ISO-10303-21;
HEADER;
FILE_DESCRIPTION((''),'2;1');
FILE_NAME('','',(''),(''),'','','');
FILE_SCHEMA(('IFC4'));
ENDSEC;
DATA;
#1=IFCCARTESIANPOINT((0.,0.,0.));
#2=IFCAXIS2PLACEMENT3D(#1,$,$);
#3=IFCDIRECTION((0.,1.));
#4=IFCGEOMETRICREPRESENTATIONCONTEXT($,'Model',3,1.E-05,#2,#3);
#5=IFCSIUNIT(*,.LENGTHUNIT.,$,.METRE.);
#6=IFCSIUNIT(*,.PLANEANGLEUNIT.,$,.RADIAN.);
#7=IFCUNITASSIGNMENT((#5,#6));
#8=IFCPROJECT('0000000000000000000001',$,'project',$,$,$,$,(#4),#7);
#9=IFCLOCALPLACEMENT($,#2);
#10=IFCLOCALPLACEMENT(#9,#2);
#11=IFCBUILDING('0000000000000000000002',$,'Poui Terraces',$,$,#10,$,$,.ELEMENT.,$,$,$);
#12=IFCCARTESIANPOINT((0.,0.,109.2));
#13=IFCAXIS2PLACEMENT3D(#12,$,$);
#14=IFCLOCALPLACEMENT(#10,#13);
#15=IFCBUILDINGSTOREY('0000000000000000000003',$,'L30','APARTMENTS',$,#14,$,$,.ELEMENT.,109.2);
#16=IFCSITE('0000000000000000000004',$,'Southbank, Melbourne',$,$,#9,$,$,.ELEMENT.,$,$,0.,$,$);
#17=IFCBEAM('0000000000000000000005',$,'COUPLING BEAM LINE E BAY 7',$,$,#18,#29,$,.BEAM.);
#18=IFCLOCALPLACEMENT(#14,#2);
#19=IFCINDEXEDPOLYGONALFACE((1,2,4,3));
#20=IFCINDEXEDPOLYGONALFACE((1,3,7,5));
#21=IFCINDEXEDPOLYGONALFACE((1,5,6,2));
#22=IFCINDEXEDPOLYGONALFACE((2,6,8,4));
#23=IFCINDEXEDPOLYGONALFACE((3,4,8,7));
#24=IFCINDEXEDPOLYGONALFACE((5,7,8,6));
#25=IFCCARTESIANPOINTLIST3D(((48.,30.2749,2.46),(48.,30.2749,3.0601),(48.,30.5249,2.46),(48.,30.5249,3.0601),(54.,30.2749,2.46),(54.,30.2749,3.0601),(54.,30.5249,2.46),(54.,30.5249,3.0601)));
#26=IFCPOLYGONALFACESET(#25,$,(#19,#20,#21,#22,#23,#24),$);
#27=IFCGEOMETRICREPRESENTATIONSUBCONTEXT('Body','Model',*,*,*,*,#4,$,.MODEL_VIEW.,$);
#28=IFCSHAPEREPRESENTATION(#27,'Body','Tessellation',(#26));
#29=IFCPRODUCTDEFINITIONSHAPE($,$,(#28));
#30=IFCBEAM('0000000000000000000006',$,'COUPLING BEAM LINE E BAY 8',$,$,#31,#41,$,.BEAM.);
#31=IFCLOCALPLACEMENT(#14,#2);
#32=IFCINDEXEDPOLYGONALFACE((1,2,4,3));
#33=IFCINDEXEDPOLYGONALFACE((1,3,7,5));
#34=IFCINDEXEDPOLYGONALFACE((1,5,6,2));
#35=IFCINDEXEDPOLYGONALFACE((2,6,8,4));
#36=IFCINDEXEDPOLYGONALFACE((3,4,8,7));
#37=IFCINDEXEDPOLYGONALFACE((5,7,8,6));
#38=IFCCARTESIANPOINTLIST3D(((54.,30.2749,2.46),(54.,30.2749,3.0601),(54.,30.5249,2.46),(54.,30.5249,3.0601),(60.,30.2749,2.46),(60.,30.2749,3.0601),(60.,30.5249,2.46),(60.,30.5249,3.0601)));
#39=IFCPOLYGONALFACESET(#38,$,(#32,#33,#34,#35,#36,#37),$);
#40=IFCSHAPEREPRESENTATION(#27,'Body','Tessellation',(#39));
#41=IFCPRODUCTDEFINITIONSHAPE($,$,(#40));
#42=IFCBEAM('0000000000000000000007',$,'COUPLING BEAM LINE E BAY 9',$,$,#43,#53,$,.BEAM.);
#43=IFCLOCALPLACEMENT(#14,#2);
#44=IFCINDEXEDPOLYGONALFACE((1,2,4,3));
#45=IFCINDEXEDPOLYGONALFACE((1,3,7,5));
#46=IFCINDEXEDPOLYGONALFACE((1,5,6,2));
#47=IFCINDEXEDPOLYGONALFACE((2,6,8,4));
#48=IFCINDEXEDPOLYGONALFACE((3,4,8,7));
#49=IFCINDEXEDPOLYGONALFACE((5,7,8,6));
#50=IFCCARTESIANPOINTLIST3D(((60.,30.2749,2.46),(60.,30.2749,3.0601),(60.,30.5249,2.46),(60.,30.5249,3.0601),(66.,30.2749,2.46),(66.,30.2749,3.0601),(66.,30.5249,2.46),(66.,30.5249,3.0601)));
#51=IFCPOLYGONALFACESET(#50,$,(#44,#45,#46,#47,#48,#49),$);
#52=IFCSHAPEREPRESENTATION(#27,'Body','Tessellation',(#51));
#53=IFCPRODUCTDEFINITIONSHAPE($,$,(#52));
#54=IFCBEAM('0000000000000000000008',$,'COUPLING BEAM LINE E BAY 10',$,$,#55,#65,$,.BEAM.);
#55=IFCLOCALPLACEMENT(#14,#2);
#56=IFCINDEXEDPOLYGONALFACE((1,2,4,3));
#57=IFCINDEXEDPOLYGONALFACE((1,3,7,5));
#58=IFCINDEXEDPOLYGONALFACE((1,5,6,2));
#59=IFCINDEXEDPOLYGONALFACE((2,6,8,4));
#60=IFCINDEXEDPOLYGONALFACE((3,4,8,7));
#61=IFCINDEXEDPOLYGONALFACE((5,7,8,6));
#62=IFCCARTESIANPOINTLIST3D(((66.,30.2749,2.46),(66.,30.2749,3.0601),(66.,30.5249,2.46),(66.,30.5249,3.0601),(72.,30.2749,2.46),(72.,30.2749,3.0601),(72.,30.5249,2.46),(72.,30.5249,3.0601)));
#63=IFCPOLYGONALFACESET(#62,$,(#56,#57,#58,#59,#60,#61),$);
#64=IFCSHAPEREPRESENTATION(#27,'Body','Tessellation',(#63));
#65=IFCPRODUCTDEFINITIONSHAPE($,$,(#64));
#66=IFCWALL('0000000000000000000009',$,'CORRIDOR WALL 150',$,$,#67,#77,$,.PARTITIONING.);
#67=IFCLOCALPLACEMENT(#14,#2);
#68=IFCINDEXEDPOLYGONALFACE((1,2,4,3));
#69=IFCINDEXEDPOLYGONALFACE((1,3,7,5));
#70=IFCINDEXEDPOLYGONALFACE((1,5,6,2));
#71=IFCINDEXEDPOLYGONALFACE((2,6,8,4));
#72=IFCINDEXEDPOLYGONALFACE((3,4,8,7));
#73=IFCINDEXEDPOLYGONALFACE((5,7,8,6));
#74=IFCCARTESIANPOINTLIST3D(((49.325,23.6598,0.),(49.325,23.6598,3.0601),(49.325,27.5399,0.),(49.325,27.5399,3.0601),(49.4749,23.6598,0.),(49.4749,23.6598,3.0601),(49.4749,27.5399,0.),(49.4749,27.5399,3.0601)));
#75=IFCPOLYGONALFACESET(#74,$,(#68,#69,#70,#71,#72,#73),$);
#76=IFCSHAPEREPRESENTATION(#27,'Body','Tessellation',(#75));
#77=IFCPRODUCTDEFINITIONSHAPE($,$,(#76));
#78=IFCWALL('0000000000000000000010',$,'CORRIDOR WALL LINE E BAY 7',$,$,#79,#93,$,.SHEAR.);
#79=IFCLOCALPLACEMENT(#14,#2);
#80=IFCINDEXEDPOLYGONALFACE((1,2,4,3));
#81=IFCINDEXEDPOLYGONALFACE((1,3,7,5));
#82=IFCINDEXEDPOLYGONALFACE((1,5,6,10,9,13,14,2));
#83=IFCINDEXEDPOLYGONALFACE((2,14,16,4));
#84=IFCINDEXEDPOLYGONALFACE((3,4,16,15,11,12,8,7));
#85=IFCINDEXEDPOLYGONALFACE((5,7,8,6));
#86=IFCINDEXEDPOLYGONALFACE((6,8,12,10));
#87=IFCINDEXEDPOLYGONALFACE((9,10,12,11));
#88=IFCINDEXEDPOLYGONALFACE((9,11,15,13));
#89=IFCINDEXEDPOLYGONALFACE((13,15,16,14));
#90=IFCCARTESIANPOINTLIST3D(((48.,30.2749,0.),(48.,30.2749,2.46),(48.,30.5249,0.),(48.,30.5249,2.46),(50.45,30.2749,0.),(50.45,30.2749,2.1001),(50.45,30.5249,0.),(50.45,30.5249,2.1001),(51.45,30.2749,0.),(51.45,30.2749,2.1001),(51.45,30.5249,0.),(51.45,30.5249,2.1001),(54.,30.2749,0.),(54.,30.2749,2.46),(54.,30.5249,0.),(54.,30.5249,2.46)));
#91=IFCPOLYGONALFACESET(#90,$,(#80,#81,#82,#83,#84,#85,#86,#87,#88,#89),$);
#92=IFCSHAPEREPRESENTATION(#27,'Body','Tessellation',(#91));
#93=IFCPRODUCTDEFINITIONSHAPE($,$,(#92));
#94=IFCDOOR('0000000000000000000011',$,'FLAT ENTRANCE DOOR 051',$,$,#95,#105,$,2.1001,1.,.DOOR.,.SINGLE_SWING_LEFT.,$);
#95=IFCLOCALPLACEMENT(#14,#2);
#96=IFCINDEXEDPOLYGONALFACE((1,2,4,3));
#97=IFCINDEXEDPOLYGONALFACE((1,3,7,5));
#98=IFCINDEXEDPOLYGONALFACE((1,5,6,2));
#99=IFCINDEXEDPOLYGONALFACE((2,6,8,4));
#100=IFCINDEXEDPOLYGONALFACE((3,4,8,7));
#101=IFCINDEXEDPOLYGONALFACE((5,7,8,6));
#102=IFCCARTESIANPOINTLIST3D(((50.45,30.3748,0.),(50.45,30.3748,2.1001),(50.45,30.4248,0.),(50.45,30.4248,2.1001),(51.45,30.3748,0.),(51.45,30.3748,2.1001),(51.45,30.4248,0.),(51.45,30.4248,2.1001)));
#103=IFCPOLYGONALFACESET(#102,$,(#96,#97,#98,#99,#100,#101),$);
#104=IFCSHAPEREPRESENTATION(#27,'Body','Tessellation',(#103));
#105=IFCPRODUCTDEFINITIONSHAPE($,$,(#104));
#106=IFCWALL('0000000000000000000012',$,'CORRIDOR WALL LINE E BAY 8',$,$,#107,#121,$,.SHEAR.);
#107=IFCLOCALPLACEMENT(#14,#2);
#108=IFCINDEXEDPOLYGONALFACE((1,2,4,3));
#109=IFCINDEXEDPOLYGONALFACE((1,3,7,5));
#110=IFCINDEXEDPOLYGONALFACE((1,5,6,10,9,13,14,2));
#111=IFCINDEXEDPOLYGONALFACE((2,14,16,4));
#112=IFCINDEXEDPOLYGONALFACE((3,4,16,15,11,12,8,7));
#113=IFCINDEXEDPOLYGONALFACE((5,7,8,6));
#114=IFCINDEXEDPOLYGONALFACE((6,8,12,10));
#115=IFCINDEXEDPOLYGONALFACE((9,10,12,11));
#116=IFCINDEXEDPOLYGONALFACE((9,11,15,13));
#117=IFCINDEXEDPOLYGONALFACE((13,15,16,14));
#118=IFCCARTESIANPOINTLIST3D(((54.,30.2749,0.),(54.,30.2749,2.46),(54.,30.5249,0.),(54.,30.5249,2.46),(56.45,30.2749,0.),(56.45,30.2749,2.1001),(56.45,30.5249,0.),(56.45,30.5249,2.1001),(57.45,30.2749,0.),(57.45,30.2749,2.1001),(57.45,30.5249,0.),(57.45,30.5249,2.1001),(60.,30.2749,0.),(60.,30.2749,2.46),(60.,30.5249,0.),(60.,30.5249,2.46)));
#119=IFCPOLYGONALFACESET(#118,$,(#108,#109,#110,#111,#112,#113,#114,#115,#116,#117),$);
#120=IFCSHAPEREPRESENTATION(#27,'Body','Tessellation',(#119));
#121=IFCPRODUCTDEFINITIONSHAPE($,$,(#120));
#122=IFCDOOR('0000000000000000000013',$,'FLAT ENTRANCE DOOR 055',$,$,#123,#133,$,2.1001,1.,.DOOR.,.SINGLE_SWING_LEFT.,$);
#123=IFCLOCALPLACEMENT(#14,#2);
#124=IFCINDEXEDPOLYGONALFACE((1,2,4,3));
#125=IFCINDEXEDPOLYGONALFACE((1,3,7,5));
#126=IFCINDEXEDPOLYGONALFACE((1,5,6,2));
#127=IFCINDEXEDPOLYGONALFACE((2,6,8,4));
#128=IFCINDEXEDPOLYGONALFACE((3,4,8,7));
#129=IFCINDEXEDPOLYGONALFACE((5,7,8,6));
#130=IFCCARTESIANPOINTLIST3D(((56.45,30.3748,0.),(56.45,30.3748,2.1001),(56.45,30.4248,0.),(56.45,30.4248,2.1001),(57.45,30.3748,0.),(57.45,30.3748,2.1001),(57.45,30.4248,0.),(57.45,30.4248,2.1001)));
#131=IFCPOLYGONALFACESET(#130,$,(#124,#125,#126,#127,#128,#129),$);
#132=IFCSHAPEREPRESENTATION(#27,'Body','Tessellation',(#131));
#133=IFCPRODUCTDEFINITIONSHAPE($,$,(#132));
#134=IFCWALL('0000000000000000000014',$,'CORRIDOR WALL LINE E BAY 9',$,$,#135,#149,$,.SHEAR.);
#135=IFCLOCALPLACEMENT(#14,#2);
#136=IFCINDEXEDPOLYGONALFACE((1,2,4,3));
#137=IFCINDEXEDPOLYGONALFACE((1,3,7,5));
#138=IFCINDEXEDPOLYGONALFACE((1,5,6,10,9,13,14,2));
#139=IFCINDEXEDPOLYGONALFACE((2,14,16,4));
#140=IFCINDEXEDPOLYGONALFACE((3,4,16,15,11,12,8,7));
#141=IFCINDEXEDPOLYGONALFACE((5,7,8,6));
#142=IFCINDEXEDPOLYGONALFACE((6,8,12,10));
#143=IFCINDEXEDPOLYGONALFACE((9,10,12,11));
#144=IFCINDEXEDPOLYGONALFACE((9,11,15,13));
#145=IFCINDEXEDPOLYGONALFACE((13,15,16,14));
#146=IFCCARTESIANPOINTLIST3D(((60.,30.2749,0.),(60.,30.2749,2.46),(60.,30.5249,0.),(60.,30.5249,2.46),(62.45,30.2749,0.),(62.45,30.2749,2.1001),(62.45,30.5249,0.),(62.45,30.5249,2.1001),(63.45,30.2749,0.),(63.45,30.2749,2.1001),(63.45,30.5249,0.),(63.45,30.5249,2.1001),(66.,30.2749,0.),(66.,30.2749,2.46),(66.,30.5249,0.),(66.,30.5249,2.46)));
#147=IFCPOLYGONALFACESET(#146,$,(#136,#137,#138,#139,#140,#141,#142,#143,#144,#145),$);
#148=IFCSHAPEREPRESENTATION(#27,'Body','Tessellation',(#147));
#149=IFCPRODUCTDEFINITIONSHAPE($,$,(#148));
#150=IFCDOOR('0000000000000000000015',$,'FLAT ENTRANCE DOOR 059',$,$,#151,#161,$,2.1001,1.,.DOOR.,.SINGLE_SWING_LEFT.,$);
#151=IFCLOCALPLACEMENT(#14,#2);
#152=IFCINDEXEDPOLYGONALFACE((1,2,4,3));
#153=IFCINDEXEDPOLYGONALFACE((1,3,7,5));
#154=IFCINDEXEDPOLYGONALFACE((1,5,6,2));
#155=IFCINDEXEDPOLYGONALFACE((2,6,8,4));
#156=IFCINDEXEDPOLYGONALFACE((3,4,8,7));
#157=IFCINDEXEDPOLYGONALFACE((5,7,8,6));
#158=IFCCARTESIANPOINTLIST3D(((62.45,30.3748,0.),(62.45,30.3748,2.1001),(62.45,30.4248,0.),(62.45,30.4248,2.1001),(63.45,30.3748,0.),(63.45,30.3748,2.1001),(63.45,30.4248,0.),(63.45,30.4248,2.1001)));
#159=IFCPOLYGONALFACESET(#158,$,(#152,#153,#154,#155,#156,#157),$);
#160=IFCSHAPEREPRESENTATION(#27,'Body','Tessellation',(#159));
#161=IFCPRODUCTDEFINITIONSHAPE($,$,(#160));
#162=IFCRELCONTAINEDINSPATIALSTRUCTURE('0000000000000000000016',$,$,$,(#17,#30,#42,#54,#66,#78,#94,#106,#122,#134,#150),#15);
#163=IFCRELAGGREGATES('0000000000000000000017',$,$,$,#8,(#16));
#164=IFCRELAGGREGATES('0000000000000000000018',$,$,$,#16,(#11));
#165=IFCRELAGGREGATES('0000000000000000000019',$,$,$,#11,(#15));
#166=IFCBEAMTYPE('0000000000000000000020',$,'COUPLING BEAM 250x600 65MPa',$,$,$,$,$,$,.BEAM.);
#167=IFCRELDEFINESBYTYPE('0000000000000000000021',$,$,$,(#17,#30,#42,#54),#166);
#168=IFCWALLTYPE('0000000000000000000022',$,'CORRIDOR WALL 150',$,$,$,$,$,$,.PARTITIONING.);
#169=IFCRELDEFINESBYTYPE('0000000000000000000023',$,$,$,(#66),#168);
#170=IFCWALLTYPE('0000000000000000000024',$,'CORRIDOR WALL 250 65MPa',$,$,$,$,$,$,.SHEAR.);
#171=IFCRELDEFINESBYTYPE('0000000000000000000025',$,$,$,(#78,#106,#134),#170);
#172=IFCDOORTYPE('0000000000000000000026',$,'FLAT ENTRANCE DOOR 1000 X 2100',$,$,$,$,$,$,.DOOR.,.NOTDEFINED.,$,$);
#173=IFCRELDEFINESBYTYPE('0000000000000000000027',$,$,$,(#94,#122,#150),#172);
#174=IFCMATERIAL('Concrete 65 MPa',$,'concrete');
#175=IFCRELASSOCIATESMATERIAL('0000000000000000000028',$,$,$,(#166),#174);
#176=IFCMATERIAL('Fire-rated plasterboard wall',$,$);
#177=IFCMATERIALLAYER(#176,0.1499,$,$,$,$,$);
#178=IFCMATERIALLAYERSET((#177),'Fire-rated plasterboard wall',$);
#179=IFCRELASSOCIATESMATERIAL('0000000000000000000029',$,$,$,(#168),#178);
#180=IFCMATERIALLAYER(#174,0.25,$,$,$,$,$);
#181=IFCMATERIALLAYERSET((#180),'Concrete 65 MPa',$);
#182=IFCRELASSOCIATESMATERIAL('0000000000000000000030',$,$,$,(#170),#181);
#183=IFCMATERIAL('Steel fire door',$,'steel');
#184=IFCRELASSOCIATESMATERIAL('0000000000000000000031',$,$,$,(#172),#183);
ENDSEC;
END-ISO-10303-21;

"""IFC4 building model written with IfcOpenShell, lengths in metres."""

from ifc_helpers import new_model, si_unit, direction, frame, frame_2d, origin, origin_2d, place, context, subcontext, project, spatial, rectangle, extrude, source, transform, mapped, material, layer, layer_set, material_profile, profile_set, type_object, element, fill, save


model = new_model("IFC4")

# Units and contexts
model_context = context("Model", 3, precision=1e-05, world=origin(), true_north=direction((0.0, 1.0)))
body_context = subcontext(model_context, "Body", "Model", "MODEL_VIEW")
ifc_project = project(units=[si_unit("LENGTHUNIT", "METRE"), si_unit("PLANEANGLEUNIT", "RADIAN")], contexts=[model_context])

# Site, building, storey
site_placement = place(None, origin())
site = spatial("IfcSite", under=ifc_project, at=site_placement, Name="Southbank, Melbourne", CompositionType="ELEMENT", RefElevation=0.0)
building_placement = place(site_placement, origin())
building = spatial("IfcBuilding", under=site, at=building_placement, Name="Poui Terraces", CompositionType="ELEMENT")
storey_placement = place(building_placement, frame((0.0, 0.0, 109.2)))
storey = spatial("IfcBuildingStorey", under=building, at=storey_placement, Name="L30", Description="APARTMENTS", CompositionType="ELEMENT", Elevation=109.2)

# Beams
ifc_material_1 = material(Name="Concrete 65 MPa", Category="concrete")
ifc_material_profile = material_profile(ifc_material_1, rectangle(XDim=0.25, YDim=0.6001, at=origin_2d()), Name="RC 250x600")
ifc_profile_set = profile_set([ifc_material_profile], Name="Concrete 65 MPa")
beam_type = type_object("IfcBeamType", Name="COUPLING BEAM 250x600 65MPa", PredefinedType="BEAM", material=ifc_profile_set)
shared_shape = source(origin(), body_context, "Body", "SweptSolid", [
    extrude(rectangle(XDim=0.25, YDim=0.6001, at=origin_2d()), origin(), (0.0, 0.0, 1.0), 6.0),
])
for number, where, z_axis, x_axis, name in (
    (1, (48.0, 30.3999, 2.76), (1.0, 0.0, 0.0), (0.0, 1.0, 0.0), "COUPLING BEAM LINE E BAY 7"),
    (2, (54.0, 30.3999, 2.76), (1.0, 0.0, 0.0), (0.0, 1.0, 0.0), "COUPLING BEAM LINE E BAY 8"),
    (3, (60.0, 30.3999, 2.76), (1.0, 0.0, 0.0), (0.0, 1.0, 0.0), "COUPLING BEAM LINE E BAY 9"),
    (4, (66.0, 30.3999, 2.76), (1.0, 0.0, 0.0), (0.0, 1.0, 0.0), "COUPLING BEAM LINE E BAY 10"),
):
    element("IfcBeam", number, at=place(storey_placement, frame(where, z_axis=z_axis, x_axis=x_axis)), inside=storey, type_object=beam_type, Name=name, PredefinedType="BEAM", context=body_context, shape_type="MappedRepresentation", body=[
        mapped(shared_shape, transform((0.0, 0.0, 0.0))),
    ])

# Wall
ifc_material_2 = material(Name="Fire-rated plasterboard wall")
ifc_layer_1 = layer(ifc_material_2, 0.1499)
ifc_layer_set_1 = layer_set([ifc_layer_1], Name="Fire-rated plasterboard wall")
wall_type_1 = type_object("IfcWallType", Name="CORRIDOR WALL 150", PredefinedType="PARTITIONING", material=ifc_layer_set_1)
wall_1_placement = place(storey_placement, frame((49.3999, 23.6599, 0.0), z_axis=(0.0, 0.0, 1.0), x_axis=(0.0, 1.0, 0.0)))
element("IfcWall", 5, at=wall_1_placement, inside=storey, type_object=wall_type_1, Name="CORRIDOR WALL 150", PredefinedType="PARTITIONING", context=body_context, shape_type="SweptSolid", body=[
    extrude(rectangle(XDim=3.8801, YDim=0.1499, at=frame_2d((1.9399, 0.0))), origin(), (0.0, 0.0, 1.0), 3.0601),
])

# Walls, openings, doors
ifc_layer_2 = layer(ifc_material_1, 0.25)
ifc_layer_set_2 = layer_set([ifc_layer_2], Name="Concrete 65 MPa")
wall_type_2 = type_object("IfcWallType", Name="CORRIDOR WALL 250 65MPa", PredefinedType="SHEAR", material=ifc_layer_set_2)
wall_2_placement = place(storey_placement, frame((48.0, 30.3999, 0.0), z_axis=(0.0, 0.0, 1.0), x_axis=(1.0, 0.0, 0.0)))
wall_2 = element("IfcWall", 6, at=wall_2_placement, inside=storey, type_object=wall_type_2, Name="CORRIDOR WALL LINE E BAY 7", PredefinedType="SHEAR", context=body_context, shape_type="SweptSolid", body=[
    extrude(rectangle(XDim=6.0, YDim=0.25, at=frame_2d((3.0, 0.0))), origin(), (0.0, 0.0, 1.0), 2.46),
])
opening_1_placement = place(wall_2_placement, frame((2.45, 0.0, 0.0)))
opening_1 = element("IfcOpeningElement", 7, at=opening_1_placement, cuts=wall_2, PredefinedType="OPENING", context=body_context, shape_type="SweptSolid", body=[
    extrude(rectangle(XDim=1.0, YDim=2.1001, at=frame_2d((0.5, 1.05))), frame((0.0, 0.135, 0.0), z_axis=(0.0, -1.0, 0.0), x_axis=(1.0, 0.0, 0.0)), (0.0, 0.0, 1.0), 0.27),
])
ifc_material_3 = material(Name="Steel fire door", Category="steel")
door_type = type_object("IfcDoorType", Name="FLAT ENTRANCE DOOR 1000 X 2100", OperationType="NOTDEFINED", PredefinedType="DOOR", material=ifc_material_3)
door_1_placement = place(opening_1_placement, origin())
door_1 = element("IfcDoor", 8, at=door_1_placement, inside=storey, type_object=door_type, Name="FLAT ENTRANCE DOOR 051", OperationType="SINGLE_SWING_LEFT", OverallHeight=2.1001, OverallWidth=1.0, PredefinedType="DOOR", context=body_context, shape_type="SweptSolid", body=[
    extrude(rectangle(XDim=1.0, YDim=2.1001, at=frame_2d((0.5, 1.05))), frame((0.0, 0.0249, 0.0), z_axis=(0.0, -1.0, 0.0), x_axis=(1.0, 0.0, 0.0)), (0.0, 0.0, 1.0), 0.05),
])
fill(opening_1, door_1)
wall_3_placement = place(storey_placement, frame((54.0, 30.3999, 0.0), z_axis=(0.0, 0.0, 1.0), x_axis=(1.0, 0.0, 0.0)))
wall_3 = element("IfcWall", 9, at=wall_3_placement, inside=storey, type_object=wall_type_2, Name="CORRIDOR WALL LINE E BAY 8", PredefinedType="SHEAR", context=body_context, shape_type="SweptSolid", body=[
    extrude(rectangle(XDim=6.0, YDim=0.25, at=frame_2d((3.0, 0.0))), origin(), (0.0, 0.0, 1.0), 2.46),
])
opening_2_placement = place(wall_3_placement, frame((2.45, 0.0, 0.0)))
opening_2 = element("IfcOpeningElement", 10, at=opening_2_placement, cuts=wall_3, PredefinedType="OPENING", context=body_context, shape_type="SweptSolid", body=[
    extrude(rectangle(XDim=1.0, YDim=2.1001, at=frame_2d((0.5, 1.05))), frame((0.0, 0.135, 0.0), z_axis=(0.0, -1.0, 0.0), x_axis=(1.0, 0.0, 0.0)), (0.0, 0.0, 1.0), 0.27),
])
door_2_placement = place(opening_2_placement, origin())
door_2 = element("IfcDoor", 11, at=door_2_placement, inside=storey, type_object=door_type, Name="FLAT ENTRANCE DOOR 055", OperationType="SINGLE_SWING_LEFT", OverallHeight=2.1001, OverallWidth=1.0, PredefinedType="DOOR", context=body_context, shape_type="SweptSolid", body=[
    extrude(rectangle(XDim=1.0, YDim=2.1001, at=frame_2d((0.5, 1.05))), frame((0.0, 0.0249, 0.0), z_axis=(0.0, -1.0, 0.0), x_axis=(1.0, 0.0, 0.0)), (0.0, 0.0, 1.0), 0.05),
])
fill(opening_2, door_2)
wall_4_placement = place(storey_placement, frame((60.0, 30.3999, 0.0), z_axis=(0.0, 0.0, 1.0), x_axis=(1.0, 0.0, 0.0)))
wall_4 = element("IfcWall", 12, at=wall_4_placement, inside=storey, type_object=wall_type_2, Name="CORRIDOR WALL LINE E BAY 9", PredefinedType="SHEAR", context=body_context, shape_type="SweptSolid", body=[
    extrude(rectangle(XDim=6.0, YDim=0.25, at=frame_2d((3.0, 0.0))), origin(), (0.0, 0.0, 1.0), 2.46),
])
opening_3_placement = place(wall_4_placement, frame((2.45, 0.0, 0.0)))
opening_3 = element("IfcOpeningElement", 13, at=opening_3_placement, cuts=wall_4, PredefinedType="OPENING", context=body_context, shape_type="SweptSolid", body=[
    extrude(rectangle(XDim=1.0, YDim=2.1001, at=frame_2d((0.5, 1.05))), frame((0.0, 0.135, 0.0), z_axis=(0.0, -1.0, 0.0), x_axis=(1.0, 0.0, 0.0)), (0.0, 0.0, 1.0), 0.27),
])
door_3_placement = place(opening_3_placement, origin())
door_3 = element("IfcDoor", 14, at=door_3_placement, inside=storey, type_object=door_type, Name="FLAT ENTRANCE DOOR 059", OperationType="SINGLE_SWING_LEFT", OverallHeight=2.1001, OverallWidth=1.0, PredefinedType="DOOR", context=body_context, shape_type="SweptSolid", body=[
    extrude(rectangle(XDim=1.0, YDim=2.1001, at=frame_2d((0.5, 1.05))), frame((0.0, 0.0249, 0.0), z_axis=(0.0, -1.0, 0.0), x_axis=(1.0, 0.0, 0.0)), (0.0, 0.0, 1.0), 0.05),
])
fill(opening_3, door_3)

save(model, "model.ifc")
